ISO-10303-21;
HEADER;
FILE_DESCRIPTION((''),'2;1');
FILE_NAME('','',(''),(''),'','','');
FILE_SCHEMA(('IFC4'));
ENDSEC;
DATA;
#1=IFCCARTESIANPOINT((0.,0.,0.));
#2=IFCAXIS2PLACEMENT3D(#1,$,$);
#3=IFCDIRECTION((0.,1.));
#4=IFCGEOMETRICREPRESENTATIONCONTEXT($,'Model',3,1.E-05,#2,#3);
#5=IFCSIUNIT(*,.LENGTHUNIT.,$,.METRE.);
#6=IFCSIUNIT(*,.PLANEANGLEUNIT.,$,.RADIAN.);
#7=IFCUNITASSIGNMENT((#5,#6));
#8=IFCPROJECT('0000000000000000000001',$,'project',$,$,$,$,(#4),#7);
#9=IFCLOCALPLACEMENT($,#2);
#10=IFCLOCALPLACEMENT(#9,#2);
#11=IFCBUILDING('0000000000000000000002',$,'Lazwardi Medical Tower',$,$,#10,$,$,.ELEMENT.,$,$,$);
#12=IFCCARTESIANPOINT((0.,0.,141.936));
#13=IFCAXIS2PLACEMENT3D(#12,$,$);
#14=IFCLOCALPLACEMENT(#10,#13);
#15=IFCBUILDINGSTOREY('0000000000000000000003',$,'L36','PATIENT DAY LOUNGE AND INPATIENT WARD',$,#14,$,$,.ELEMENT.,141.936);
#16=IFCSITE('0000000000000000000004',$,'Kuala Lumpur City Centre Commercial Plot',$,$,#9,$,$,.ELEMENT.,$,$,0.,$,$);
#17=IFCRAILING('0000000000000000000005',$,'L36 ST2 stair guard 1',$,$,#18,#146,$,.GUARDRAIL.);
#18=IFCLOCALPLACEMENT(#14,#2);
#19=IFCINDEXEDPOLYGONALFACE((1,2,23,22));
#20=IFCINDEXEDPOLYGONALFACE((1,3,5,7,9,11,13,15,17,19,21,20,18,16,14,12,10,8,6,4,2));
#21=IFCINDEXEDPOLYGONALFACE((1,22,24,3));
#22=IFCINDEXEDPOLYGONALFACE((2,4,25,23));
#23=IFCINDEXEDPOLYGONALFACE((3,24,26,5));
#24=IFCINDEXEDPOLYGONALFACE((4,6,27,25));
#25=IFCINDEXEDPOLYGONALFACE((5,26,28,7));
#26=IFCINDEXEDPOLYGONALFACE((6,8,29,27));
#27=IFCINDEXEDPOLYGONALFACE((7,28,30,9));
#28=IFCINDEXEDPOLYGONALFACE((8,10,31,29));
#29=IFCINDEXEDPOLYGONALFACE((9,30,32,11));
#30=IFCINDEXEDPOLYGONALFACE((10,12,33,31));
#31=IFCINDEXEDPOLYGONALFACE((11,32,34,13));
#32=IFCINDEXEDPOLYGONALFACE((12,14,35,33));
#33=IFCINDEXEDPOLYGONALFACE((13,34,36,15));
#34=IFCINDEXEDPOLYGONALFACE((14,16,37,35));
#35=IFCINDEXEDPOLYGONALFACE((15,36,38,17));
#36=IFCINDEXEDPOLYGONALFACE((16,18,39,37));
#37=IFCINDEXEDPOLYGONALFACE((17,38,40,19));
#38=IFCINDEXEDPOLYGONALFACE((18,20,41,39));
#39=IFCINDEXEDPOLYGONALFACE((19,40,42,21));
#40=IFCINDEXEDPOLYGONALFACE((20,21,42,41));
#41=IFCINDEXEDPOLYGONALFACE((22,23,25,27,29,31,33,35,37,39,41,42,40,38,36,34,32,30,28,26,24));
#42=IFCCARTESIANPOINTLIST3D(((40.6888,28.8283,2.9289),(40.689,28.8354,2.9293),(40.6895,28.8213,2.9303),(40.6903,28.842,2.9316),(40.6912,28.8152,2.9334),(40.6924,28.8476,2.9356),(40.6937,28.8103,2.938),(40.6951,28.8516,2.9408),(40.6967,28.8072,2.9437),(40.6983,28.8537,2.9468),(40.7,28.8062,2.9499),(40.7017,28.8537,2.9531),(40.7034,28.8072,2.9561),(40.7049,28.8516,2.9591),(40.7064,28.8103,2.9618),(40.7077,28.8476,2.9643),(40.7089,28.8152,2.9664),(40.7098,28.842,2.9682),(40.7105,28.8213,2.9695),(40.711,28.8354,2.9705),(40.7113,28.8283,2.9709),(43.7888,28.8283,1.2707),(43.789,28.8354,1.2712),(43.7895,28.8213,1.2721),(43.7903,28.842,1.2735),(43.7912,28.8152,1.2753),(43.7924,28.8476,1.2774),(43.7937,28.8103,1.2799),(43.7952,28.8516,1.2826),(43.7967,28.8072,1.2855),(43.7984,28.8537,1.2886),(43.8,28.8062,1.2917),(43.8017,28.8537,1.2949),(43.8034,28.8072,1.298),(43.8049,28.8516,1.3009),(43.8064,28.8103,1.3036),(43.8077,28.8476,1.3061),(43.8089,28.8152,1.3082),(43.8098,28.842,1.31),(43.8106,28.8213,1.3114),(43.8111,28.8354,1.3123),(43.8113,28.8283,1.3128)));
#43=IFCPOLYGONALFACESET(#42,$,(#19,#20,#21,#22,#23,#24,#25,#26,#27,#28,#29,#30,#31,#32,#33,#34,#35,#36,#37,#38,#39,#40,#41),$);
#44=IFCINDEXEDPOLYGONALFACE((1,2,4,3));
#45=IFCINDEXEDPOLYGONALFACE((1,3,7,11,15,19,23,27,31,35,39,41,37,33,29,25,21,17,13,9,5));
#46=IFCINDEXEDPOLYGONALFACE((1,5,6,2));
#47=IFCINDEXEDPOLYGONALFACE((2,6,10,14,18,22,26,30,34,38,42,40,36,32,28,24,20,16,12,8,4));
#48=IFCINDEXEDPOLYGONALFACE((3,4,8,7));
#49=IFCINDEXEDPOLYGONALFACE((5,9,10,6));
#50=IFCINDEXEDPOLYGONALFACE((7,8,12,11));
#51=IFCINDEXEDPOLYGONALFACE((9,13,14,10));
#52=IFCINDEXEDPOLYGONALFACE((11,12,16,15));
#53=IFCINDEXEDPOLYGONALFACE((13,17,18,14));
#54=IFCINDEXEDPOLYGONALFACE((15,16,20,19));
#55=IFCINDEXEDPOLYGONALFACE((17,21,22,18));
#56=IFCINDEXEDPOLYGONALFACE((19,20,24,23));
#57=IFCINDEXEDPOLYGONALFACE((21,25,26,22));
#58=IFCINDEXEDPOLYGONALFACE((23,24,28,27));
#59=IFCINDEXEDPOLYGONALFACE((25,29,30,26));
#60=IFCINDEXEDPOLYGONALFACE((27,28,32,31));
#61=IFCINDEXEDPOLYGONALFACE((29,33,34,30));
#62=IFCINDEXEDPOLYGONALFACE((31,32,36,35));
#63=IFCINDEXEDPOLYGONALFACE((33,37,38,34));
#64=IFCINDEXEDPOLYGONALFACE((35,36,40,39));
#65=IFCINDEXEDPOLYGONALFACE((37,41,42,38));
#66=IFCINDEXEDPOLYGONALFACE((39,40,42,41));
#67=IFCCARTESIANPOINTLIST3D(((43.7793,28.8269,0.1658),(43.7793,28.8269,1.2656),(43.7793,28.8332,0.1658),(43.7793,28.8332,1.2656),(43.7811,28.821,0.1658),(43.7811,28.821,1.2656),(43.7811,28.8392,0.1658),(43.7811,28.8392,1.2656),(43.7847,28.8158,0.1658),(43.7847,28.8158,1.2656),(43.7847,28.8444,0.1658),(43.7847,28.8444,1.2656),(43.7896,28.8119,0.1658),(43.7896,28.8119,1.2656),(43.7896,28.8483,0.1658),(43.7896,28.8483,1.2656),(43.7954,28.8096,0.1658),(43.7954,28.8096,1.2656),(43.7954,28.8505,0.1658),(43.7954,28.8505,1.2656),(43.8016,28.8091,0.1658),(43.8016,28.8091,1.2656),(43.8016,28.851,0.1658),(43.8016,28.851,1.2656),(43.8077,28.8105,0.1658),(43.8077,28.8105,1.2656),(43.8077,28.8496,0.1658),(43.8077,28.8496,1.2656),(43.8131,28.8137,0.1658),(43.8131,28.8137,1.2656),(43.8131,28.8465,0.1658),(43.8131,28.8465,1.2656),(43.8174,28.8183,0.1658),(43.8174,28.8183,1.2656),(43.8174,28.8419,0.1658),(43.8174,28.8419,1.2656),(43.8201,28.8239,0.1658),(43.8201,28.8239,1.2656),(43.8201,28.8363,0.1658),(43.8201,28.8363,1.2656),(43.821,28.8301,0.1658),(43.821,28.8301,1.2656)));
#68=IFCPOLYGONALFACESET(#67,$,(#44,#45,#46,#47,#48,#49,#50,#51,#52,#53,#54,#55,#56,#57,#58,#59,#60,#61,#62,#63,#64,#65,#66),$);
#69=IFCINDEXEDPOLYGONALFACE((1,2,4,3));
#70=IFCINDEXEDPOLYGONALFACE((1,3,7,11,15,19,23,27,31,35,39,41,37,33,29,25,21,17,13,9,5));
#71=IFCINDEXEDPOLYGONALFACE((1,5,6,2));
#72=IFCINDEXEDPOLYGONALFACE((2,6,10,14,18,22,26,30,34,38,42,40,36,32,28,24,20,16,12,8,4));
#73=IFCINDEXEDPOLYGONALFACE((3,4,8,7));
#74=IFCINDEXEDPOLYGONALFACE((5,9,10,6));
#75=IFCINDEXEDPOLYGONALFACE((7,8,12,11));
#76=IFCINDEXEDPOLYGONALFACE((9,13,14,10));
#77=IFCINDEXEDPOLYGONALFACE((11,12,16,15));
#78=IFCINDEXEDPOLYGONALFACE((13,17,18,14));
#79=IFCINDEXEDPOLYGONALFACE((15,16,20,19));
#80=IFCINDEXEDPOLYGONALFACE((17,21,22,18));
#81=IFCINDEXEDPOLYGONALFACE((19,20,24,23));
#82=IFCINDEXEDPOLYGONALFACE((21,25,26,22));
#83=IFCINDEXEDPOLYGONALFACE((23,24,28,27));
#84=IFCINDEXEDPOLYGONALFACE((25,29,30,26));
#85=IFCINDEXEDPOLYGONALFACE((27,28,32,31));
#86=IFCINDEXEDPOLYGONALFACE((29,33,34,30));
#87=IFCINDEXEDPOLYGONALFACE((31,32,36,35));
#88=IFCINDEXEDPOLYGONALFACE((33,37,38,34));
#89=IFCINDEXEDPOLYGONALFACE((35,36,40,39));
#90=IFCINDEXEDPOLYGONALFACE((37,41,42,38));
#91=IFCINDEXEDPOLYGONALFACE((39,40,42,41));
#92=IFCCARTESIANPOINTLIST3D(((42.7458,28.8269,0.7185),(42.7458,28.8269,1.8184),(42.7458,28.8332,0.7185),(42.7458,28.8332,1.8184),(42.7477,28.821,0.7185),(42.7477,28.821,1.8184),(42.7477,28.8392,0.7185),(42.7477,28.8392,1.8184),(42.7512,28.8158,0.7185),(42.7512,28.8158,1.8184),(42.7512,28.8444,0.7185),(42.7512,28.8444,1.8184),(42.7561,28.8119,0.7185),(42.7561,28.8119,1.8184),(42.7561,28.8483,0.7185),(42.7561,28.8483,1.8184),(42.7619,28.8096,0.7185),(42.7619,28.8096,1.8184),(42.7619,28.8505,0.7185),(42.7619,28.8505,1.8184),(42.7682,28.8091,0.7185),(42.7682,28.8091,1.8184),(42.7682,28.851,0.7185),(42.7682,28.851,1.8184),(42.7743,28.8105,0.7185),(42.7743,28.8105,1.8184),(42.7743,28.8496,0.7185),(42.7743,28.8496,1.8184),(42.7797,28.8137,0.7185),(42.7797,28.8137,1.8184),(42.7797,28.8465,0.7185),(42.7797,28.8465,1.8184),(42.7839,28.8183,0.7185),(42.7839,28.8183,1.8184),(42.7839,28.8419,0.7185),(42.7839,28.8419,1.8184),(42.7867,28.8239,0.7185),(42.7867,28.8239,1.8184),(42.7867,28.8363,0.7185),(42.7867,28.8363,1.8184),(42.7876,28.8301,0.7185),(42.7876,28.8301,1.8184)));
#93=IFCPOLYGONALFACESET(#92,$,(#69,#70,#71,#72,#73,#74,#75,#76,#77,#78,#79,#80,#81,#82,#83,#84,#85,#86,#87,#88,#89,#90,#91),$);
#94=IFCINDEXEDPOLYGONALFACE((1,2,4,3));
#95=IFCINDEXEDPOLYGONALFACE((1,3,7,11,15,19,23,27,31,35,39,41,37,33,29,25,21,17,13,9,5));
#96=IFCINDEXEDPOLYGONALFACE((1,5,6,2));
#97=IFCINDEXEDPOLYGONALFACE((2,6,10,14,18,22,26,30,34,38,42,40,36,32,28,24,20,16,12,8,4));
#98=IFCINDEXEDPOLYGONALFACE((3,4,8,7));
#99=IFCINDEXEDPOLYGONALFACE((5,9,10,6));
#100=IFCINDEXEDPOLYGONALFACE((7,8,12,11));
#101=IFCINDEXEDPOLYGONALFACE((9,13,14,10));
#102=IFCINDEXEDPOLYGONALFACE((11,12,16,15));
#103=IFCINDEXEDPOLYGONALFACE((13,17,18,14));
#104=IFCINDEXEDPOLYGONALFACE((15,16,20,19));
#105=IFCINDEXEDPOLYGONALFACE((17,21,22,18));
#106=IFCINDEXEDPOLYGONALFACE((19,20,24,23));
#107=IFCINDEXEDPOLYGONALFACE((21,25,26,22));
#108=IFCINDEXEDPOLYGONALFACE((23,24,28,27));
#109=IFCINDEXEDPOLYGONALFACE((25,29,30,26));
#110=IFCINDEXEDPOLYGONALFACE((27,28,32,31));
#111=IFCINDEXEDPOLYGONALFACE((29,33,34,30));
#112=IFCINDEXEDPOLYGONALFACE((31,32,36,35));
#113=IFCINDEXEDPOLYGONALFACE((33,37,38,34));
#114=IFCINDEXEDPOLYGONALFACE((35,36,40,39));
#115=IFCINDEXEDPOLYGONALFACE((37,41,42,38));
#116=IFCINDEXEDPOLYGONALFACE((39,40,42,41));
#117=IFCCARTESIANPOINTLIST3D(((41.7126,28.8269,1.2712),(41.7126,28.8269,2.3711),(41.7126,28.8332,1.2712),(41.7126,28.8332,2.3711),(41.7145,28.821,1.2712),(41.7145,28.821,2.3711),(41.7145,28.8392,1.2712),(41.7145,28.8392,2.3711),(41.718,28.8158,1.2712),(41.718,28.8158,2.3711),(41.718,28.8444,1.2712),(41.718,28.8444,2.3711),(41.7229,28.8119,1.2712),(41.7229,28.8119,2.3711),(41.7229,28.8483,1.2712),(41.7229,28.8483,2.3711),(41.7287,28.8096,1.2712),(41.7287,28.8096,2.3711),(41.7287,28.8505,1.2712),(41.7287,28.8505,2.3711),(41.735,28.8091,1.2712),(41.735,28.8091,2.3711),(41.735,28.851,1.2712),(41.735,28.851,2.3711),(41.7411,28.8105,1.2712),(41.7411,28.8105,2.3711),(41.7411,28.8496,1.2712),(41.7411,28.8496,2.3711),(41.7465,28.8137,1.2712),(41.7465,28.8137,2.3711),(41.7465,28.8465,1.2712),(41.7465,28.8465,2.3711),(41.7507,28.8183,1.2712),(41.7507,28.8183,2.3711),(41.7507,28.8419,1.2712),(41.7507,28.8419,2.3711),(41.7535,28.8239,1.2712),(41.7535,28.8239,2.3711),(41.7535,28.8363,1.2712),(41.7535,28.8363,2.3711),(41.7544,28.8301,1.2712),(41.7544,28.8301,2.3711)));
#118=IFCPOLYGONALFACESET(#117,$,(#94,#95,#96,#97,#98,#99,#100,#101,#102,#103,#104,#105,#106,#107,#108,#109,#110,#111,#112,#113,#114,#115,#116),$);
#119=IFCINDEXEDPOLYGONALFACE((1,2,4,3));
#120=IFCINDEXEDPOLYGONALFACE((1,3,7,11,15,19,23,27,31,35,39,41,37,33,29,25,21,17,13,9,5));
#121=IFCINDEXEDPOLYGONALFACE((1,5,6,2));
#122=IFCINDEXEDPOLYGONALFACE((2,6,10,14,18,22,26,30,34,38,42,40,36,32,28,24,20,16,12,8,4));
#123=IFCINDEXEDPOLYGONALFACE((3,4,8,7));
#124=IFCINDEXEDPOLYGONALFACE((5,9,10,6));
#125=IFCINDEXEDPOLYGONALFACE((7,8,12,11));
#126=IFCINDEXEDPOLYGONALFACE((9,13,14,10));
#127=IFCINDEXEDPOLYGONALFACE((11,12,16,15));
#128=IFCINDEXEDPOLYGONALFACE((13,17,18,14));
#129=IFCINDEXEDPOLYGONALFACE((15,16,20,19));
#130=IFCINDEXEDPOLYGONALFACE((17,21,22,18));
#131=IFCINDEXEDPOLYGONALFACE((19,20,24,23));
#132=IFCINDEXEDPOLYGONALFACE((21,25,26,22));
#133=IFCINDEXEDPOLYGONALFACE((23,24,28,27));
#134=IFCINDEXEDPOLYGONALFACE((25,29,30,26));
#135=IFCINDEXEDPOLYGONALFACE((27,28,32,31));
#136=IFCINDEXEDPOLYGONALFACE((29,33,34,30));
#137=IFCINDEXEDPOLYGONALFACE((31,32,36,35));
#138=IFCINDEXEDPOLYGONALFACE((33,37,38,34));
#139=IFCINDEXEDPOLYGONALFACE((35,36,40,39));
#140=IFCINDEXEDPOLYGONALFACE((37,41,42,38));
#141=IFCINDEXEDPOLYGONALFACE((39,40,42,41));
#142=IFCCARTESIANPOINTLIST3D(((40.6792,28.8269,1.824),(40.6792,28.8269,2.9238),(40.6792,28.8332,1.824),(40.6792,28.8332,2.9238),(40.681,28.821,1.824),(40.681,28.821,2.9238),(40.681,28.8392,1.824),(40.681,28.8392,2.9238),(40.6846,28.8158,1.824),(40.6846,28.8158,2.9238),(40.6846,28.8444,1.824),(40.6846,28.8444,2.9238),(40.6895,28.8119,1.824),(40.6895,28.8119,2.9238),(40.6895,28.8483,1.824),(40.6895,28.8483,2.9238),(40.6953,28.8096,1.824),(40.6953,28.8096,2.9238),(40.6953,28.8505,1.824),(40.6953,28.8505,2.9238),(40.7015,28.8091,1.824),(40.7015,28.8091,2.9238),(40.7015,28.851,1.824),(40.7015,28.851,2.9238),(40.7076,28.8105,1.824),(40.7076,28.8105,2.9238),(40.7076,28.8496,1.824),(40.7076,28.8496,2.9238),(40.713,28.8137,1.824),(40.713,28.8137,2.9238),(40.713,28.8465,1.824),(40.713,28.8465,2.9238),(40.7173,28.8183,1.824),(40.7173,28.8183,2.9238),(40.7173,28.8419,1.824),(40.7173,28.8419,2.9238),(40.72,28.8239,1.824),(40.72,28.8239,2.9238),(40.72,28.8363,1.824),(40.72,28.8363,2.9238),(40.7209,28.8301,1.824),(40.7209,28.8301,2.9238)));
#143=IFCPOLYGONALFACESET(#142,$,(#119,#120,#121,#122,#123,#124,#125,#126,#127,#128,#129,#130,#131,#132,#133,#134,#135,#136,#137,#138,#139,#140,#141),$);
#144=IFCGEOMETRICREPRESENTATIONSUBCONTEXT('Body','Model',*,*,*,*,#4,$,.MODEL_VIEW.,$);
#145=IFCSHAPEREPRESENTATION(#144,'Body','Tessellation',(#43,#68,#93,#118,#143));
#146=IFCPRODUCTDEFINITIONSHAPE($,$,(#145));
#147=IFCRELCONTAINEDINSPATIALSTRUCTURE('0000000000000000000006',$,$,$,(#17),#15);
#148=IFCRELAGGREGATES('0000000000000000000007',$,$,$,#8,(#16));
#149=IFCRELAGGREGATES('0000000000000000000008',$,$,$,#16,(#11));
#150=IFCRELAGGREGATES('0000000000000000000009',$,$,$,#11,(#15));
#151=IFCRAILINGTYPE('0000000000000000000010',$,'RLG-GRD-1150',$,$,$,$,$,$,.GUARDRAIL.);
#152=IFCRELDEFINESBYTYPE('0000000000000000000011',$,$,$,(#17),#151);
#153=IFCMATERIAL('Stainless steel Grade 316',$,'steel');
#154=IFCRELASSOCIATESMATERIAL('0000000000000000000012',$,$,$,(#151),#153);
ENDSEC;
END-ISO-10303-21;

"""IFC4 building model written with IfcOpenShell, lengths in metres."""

from ifc_helpers import new_model, si_unit, direction, frame, origin, origin_2d, place, context, subcontext, project, spatial, circle, extrude, material, type_object, element, save


model = new_model("IFC4")

# Units and contexts
model_context = context("Model", 3, precision=1e-05, world=origin(), true_north=direction((0.0, 1.0)))
body_context = subcontext(model_context, "Body", "Model", "MODEL_VIEW")
ifc_project = project(units=[si_unit("LENGTHUNIT", "METRE"), si_unit("PLANEANGLEUNIT", "RADIAN")], contexts=[model_context])

# Site, building, storey
site_placement = place(None, origin())
site = spatial("IfcSite", under=ifc_project, at=site_placement, Name="Kuala Lumpur City Centre Commercial Plot", CompositionType="ELEMENT", RefElevation=0.0)
building_placement = place(site_placement, origin())
building = spatial("IfcBuilding", under=site, at=building_placement, Name="Lazwardi Medical Tower", CompositionType="ELEMENT")
storey_placement = place(building_placement, frame((0.0, 0.0, 141.936)))
storey = spatial("IfcBuildingStorey", under=building, at=storey_placement, Name="L36", Description="PATIENT DAY LOUNGE AND INPATIENT WARD", CompositionType="ELEMENT", Elevation=141.936)

# Railing
ifc_material_1 = material(Name="Stainless steel Grade 316", Category="steel")
railing_type_1 = type_object("IfcRailingType", Name="RLG-GRD-1150", PredefinedType="GUARDRAIL", material=ifc_material_1)
railing_1_placement = place(storey_placement, frame((43.8, 28.8301, 0.1658)))
element("IfcRailing", 1, at=railing_1_placement, inside=storey, type_object=railing_type_1, Name="L36 ST2 stair guard 1", PredefinedType="GUARDRAIL", context=body_context, shape_type="SweptSolid", body=[
    extrude(circle(Radius=0.0239, at=origin_2d()), frame((0.0, 0.0, 1.126), z_axis=(-0.881783, 0.0, 0.471655), x_axis=(0.0, -1.0, 0.0)), (0.0, 0.0, 1.0), 3.5156),
    extrude(circle(Radius=0.021, at=origin_2d()), origin(), (0.0, 0.0, 1.0), 1.0999),
    extrude(circle(Radius=0.021, at=origin_2d()), frame((-1.0334, 0.0, 0.5527)), (0.0, 0.0, 1.0), 1.0999),
    extrude(circle(Radius=0.021, at=origin_2d()), frame((-2.0667, 0.0, 1.1055)), (0.0, 0.0, 1.0), 1.0999),
    extrude(circle(Radius=0.021, at=origin_2d()), frame((-3.1001, 0.0, 1.6582)), (0.0, 0.0, 1.0), 1.0999),
])

save(model, "model.ifc")
